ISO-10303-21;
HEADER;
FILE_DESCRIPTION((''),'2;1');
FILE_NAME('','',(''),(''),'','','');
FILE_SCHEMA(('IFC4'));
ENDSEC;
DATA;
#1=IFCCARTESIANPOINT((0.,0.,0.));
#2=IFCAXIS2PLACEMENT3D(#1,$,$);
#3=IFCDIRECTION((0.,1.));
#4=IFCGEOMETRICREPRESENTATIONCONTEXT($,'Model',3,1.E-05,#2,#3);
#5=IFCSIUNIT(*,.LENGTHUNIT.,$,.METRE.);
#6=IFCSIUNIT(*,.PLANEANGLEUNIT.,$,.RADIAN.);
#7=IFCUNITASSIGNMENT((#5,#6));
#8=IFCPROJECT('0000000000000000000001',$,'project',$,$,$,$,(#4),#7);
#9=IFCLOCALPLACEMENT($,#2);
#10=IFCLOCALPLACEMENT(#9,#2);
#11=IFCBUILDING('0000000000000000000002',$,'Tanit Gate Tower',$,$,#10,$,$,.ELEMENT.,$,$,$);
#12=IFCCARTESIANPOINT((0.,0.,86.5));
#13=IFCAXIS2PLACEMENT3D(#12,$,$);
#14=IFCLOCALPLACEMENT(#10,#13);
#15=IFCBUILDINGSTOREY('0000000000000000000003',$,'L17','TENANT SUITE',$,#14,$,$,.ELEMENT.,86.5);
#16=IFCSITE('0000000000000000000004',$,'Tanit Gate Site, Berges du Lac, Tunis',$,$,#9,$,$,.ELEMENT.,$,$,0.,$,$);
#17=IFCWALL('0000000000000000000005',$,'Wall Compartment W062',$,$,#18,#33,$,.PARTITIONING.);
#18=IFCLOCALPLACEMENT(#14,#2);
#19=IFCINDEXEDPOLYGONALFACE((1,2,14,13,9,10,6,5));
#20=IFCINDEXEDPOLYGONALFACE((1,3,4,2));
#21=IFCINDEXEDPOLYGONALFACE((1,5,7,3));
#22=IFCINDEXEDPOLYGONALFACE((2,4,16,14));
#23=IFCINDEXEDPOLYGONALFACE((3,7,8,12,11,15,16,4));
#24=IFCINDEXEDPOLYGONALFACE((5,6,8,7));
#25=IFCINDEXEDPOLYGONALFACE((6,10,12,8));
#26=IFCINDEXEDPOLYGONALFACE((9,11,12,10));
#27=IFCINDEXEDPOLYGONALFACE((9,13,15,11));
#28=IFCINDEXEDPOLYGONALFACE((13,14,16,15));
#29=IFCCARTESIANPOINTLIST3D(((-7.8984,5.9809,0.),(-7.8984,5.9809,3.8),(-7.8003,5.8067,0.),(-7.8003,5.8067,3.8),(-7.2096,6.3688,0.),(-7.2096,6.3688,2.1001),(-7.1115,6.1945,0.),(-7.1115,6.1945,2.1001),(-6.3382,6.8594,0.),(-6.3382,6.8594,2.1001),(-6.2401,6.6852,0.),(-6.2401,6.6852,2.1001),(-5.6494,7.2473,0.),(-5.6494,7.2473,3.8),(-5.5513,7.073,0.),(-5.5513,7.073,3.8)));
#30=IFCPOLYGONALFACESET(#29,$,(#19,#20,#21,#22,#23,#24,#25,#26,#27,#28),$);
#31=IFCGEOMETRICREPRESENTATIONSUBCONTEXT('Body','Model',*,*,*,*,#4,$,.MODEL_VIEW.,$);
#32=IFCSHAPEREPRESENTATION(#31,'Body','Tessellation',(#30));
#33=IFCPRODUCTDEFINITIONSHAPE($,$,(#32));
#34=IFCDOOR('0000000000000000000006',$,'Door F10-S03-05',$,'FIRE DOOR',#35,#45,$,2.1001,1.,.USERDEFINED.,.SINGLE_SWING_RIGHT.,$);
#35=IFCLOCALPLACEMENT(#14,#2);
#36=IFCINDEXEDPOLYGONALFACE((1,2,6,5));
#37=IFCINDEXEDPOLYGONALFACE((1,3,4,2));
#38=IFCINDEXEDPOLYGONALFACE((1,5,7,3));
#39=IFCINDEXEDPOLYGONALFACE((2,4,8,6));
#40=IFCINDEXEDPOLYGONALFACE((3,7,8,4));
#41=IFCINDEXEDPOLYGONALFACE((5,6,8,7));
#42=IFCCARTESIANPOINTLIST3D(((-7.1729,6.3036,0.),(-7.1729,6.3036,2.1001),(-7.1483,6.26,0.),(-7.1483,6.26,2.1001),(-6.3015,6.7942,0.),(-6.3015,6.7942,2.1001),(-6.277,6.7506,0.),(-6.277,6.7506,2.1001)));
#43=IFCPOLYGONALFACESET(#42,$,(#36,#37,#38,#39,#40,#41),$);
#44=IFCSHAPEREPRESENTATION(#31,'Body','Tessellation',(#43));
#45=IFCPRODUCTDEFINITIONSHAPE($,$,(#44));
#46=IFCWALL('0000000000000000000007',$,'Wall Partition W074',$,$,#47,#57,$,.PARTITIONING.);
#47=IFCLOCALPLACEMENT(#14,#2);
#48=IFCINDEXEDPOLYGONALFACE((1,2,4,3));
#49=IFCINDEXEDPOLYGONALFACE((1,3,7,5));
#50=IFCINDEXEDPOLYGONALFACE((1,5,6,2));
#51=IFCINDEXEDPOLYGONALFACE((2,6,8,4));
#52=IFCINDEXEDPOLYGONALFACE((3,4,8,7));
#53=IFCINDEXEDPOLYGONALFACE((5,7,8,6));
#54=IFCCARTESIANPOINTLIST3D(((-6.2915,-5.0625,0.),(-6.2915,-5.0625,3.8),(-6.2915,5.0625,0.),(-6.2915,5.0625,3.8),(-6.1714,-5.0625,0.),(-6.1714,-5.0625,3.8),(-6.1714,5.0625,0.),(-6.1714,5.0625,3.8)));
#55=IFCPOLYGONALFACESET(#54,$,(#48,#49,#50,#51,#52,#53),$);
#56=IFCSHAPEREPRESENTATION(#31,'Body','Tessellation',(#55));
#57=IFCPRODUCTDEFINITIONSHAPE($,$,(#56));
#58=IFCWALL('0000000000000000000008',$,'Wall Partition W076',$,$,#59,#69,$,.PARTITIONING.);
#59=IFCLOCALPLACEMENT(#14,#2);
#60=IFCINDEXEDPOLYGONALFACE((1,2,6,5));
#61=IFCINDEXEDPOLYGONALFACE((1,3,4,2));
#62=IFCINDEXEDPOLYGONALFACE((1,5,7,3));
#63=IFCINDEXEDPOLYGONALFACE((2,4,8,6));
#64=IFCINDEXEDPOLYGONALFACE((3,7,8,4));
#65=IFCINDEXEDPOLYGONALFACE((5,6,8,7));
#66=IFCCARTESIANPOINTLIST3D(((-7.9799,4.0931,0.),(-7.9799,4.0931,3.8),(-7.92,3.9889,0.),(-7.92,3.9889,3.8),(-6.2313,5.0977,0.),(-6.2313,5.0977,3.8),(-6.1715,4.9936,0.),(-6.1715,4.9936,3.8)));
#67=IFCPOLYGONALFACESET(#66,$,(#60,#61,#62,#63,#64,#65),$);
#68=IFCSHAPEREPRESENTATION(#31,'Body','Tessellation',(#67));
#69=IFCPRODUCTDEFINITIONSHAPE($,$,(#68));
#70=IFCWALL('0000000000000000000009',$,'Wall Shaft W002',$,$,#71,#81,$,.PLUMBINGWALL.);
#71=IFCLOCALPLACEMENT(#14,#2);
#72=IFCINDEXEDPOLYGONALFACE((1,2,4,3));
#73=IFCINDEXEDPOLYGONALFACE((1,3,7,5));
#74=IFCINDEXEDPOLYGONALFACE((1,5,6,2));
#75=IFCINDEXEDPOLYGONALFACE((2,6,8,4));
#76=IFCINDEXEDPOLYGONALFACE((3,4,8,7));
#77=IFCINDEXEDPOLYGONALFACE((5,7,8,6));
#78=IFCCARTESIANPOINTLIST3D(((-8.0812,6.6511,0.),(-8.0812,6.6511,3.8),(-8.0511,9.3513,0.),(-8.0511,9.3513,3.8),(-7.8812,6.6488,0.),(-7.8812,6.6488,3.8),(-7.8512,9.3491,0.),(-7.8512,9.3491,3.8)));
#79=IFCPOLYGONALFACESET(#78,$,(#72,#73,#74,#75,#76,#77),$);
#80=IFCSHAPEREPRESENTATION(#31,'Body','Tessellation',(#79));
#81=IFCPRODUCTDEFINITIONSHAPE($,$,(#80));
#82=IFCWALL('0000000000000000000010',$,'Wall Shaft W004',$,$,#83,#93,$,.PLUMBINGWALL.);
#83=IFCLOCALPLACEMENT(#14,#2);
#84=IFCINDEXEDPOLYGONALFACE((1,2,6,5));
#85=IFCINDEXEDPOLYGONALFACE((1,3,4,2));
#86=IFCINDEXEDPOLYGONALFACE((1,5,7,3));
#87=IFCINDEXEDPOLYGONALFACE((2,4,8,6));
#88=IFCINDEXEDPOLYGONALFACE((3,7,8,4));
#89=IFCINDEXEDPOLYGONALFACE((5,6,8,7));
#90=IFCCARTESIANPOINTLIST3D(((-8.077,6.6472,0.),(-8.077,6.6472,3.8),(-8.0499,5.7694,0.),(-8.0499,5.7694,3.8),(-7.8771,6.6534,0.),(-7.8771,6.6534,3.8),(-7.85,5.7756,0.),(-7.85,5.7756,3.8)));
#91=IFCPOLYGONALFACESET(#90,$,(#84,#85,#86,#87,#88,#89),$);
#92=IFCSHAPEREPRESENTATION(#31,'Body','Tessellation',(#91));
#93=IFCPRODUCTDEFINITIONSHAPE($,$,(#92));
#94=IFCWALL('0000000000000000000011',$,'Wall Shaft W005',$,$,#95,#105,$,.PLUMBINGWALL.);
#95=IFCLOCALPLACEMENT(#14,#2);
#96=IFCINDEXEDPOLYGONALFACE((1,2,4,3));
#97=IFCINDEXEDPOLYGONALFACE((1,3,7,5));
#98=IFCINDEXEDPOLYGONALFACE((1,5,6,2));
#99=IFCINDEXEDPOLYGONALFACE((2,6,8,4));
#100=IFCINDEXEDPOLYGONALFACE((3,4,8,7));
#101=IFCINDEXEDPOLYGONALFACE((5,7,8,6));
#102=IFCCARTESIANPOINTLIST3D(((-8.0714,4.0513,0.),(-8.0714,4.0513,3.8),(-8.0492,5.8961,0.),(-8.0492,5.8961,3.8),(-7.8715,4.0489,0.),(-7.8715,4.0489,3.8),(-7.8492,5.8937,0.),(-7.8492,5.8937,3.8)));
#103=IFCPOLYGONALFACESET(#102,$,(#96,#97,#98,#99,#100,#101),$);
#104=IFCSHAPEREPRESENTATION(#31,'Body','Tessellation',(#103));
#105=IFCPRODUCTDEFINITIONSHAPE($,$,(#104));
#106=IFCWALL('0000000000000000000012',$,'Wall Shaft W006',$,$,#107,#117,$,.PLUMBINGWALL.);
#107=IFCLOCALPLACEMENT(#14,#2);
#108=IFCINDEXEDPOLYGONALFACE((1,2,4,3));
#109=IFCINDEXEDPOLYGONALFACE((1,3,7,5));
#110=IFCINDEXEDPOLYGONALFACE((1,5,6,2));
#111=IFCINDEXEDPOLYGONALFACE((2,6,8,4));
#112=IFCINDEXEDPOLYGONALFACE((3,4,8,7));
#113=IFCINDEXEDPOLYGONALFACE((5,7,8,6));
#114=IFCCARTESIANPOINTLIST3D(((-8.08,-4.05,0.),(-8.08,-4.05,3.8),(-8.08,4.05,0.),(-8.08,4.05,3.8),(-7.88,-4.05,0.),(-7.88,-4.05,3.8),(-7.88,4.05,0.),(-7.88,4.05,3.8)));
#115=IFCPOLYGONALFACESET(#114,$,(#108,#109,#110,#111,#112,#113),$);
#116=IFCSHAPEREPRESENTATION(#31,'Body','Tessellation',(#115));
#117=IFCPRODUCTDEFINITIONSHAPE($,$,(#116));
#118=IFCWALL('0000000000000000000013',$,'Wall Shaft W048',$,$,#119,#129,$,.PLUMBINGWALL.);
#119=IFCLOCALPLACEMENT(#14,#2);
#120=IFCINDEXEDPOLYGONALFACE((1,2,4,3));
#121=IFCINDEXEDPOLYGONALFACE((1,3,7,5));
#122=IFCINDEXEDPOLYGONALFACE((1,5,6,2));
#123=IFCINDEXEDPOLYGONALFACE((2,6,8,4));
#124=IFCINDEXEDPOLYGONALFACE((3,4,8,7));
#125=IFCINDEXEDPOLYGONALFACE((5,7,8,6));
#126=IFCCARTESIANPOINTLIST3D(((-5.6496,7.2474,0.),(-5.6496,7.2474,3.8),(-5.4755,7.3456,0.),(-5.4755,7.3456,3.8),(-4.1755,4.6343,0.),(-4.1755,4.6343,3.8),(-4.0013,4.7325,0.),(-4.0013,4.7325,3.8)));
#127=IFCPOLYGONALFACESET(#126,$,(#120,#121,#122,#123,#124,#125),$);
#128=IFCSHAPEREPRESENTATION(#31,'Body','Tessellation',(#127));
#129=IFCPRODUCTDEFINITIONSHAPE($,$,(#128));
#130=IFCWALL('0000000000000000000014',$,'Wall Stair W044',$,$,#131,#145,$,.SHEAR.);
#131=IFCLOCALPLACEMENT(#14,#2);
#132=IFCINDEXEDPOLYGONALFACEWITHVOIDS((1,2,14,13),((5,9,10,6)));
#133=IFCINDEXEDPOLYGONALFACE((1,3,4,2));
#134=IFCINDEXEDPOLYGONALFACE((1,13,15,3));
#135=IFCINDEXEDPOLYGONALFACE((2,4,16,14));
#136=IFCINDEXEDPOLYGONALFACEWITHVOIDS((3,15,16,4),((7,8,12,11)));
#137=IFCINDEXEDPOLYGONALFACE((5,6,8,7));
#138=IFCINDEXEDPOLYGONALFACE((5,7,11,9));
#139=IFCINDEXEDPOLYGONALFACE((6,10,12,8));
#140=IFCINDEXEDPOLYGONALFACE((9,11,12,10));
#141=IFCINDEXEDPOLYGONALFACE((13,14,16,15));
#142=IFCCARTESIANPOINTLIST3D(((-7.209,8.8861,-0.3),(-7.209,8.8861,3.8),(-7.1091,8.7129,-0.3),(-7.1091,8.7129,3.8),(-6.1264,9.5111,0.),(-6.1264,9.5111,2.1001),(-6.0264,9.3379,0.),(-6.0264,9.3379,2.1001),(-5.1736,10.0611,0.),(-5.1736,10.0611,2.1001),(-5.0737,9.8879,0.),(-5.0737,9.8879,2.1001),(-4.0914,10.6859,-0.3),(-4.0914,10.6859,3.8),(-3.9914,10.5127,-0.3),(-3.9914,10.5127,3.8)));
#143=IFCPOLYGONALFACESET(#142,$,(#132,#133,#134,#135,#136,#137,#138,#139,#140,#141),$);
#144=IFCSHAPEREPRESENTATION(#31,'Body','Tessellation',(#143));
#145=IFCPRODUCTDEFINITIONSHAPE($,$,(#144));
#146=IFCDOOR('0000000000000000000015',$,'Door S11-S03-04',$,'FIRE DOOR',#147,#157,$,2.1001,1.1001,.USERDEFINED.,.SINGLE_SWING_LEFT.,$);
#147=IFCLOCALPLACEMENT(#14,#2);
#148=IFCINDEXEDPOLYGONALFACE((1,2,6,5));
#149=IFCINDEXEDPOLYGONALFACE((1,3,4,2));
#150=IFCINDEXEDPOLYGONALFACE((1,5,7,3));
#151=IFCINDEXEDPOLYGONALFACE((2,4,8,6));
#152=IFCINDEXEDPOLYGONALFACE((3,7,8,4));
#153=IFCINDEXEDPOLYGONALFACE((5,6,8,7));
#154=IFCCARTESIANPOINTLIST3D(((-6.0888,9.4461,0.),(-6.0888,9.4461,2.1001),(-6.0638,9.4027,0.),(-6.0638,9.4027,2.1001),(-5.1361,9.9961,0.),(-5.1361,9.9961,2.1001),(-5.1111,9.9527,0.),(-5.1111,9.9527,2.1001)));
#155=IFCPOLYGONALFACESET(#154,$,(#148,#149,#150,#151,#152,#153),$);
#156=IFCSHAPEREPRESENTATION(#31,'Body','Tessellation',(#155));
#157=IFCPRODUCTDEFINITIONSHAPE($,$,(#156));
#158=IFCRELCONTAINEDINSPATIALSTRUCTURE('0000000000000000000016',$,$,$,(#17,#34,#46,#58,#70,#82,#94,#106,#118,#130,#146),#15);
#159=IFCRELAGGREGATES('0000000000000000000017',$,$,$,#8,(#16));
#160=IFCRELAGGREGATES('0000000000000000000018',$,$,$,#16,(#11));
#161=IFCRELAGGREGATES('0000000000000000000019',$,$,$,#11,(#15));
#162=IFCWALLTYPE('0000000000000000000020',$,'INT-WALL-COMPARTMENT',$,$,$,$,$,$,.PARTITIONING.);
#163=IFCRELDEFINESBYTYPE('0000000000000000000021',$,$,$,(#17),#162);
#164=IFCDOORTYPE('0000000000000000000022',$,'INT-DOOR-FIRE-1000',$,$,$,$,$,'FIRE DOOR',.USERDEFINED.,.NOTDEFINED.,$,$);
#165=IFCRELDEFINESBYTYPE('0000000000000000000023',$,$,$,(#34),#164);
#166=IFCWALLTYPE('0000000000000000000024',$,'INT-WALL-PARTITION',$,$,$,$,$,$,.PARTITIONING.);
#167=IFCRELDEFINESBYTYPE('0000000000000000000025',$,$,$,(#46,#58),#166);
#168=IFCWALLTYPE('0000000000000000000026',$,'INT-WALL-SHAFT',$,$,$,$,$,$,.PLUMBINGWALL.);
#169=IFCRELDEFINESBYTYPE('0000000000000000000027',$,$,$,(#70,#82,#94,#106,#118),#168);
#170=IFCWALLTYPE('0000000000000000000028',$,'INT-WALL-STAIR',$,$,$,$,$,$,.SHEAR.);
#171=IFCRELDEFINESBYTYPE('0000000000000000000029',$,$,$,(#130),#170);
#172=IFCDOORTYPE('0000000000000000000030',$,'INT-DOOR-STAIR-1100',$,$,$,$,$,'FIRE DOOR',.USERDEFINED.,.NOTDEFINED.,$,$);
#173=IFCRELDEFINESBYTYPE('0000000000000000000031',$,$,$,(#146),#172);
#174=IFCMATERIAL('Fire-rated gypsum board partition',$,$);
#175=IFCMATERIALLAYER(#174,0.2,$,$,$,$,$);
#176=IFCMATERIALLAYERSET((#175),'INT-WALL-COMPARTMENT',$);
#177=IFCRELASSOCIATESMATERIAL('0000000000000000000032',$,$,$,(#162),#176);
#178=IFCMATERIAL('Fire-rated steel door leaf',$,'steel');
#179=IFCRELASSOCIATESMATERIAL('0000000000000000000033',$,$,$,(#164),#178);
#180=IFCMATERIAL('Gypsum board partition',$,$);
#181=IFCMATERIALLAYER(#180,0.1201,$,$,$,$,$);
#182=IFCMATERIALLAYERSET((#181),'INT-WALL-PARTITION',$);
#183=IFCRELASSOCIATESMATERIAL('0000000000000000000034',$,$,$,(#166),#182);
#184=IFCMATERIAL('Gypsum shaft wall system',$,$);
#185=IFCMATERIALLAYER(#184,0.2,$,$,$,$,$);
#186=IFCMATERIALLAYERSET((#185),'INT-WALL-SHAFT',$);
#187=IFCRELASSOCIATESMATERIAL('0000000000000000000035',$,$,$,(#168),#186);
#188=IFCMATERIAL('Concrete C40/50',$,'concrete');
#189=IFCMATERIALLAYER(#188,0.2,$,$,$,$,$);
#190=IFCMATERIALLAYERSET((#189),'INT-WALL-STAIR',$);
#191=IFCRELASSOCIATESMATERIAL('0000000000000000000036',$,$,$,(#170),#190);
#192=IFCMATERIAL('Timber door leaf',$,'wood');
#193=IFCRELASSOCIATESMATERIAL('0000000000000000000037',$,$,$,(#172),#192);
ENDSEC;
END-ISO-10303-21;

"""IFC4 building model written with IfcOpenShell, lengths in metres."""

from ifc_helpers import new_model, si_unit, direction, frame, frame_2d, origin, place, context, subcontext, project, spatial, rectangle, extrude, material, layer, layer_set, type_object, element, fill, save


model = new_model("IFC4")

# Units and contexts
model_context = context("Model", 3, precision=1e-05, world=origin(), true_north=direction((0.0, 1.0)))
body_context = subcontext(model_context, "Body", "Model", "MODEL_VIEW")
ifc_project = project(units=[si_unit("LENGTHUNIT", "METRE"), si_unit("PLANEANGLEUNIT", "RADIAN")], contexts=[model_context])

# Site, building, storey
site_placement = place(None, origin())
site = spatial("IfcSite", under=ifc_project, at=site_placement, Name="Tanit Gate Site, Berges du Lac, Tunis", CompositionType="ELEMENT", RefElevation=0.0)
building_placement = place(site_placement, origin())
building = spatial("IfcBuilding", under=site, at=building_placement, Name="Tanit Gate Tower", CompositionType="ELEMENT")
storey_placement = place(building_placement, frame((0.0, 0.0, 86.5)))
storey = spatial("IfcBuildingStorey", under=building, at=storey_placement, Name="L17", Description="TENANT SUITE", CompositionType="ELEMENT", Elevation=86.5)

# Wall, opening, door
ifc_material_1 = material(Name="Fire-rated gypsum board partition")
ifc_layer_1 = layer(ifc_material_1, 0.2)
ifc_layer_set_1 = layer_set([ifc_layer_1], Name="INT-WALL-COMPARTMENT")
wall_type_1 = type_object("IfcWallType", Name="INT-WALL-COMPARTMENT", PredefinedType="PARTITIONING", material=ifc_layer_set_1)
wall_1_placement = place(storey_placement, frame((-5.6003, 7.1602, 0.0), z_axis=(0.0, 0.0, 1.0), x_axis=(-0.871363, -0.490638, 0.0)))
wall_1 = element("IfcWall", 1, at=wall_1_placement, inside=storey, type_object=wall_type_1, Name="Wall Compartment W062", PredefinedType="PARTITIONING", context=body_context, shape_type="SweptSolid", body=[
    extrude(rectangle(XDim=2.5811, YDim=0.2, at=frame_2d((1.2905, 0.0))), origin(), (0.0, 0.0, 1.0), 3.8),
])
opening_1_placement = place(wall_1_placement, frame((0.7905, 0.0, 0.0)))
opening_1 = element("IfcOpeningElement", 2, at=opening_1_placement, cuts=wall_1, PredefinedType="OPENING", context=body_context, shape_type="SweptSolid", body=[
    extrude(rectangle(XDim=1.0, YDim=2.1001, at=frame_2d((0.5, 1.05))), frame((0.0, 0.1099, 0.0), z_axis=(0.0, -1.0, 0.0), x_axis=(1.0, 0.0, 0.0)), (0.0, 0.0, 1.0), 0.22),
])
ifc_material_2 = material(Name="Fire-rated steel door leaf", Category="steel")
door_type_1 = type_object("IfcDoorType", Name="INT-DOOR-FIRE-1000", ElementType="FIRE DOOR", OperationType="NOTDEFINED", PredefinedType="USERDEFINED", material=ifc_material_2)
door_1_placement = place(opening_1_placement, origin())
door_1 = element("IfcDoor", 3, at=door_1_placement, inside=storey, type_object=door_type_1, Name="Door F10-S03-05", ObjectType="FIRE DOOR", OperationType="SINGLE_SWING_RIGHT", OverallHeight=2.1001, OverallWidth=1.0, PredefinedType="USERDEFINED", context=body_context, shape_type="SweptSolid", body=[
    extrude(rectangle(XDim=1.0, YDim=2.1001, at=frame_2d((0.5, 1.05))), frame((0.0, 0.0249, 0.0), z_axis=(0.0, -1.0, 0.0), x_axis=(1.0, 0.0, 0.0)), (0.0, 0.0, 1.0), 0.05),
])
fill(opening_1, door_1)

# Walls
ifc_material_3 = material(Name="Gypsum board partition")
ifc_layer_2 = layer(ifc_material_3, 0.1201)
ifc_layer_set_2 = layer_set([ifc_layer_2], Name="INT-WALL-PARTITION")
wall_type_2 = type_object("IfcWallType", Name="INT-WALL-PARTITION", PredefinedType="PARTITIONING", material=ifc_layer_set_2)
wall_2_placement = place(storey_placement, frame((-6.2314, 5.0625, 0.0), z_axis=(0.0, 0.0, 1.0), x_axis=(0.0, -1.0, 0.0)))
element("IfcWall", 4, at=wall_2_placement, inside=storey, type_object=wall_type_2, Name="Wall Partition W074", PredefinedType="PARTITIONING", context=body_context, shape_type="SweptSolid", body=[
    extrude(rectangle(XDim=10.125, YDim=0.1201, at=frame_2d((5.0625, 0.0))), origin(), (0.0, 0.0, 1.0), 3.8),
])
wall_3_placement = place(storey_placement, frame((-6.2014, 5.0457, 0.0), z_axis=(0.0, 0.0, 1.0), x_axis=(-0.867071, -0.498184, 0.0)))
element("IfcWall", 5, at=wall_3_placement, inside=storey, type_object=wall_type_2, Name="Wall Partition W076", PredefinedType="PARTITIONING", context=body_context, shape_type="SweptSolid", body=[
    extrude(rectangle(XDim=2.0166, YDim=0.1201, at=frame_2d((1.0083, 0.0))), origin(), (0.0, 0.0, 1.0), 3.8),
])
ifc_material_4 = material(Name="Gypsum shaft wall system")
ifc_layer_3 = layer(ifc_material_4, 0.2)
ifc_layer_set_3 = layer_set([ifc_layer_3], Name="INT-WALL-SHAFT")
wall_type_3 = type_object("IfcWallType", Name="INT-WALL-SHAFT", PredefinedType="PLUMBINGWALL", material=ifc_layer_set_3)
wall_4_placement = place(storey_placement, frame((-7.9512, 9.3501, 0.0), z_axis=(0.0, 0.0, 1.0), x_axis=(-0.01112, -0.999938, 0.0)))
element("IfcWall", 6, at=wall_4_placement, inside=storey, type_object=wall_type_3, Name="Wall Shaft W002", PredefinedType="PLUMBINGWALL", context=body_context, shape_type="SweptSolid", body=[
    extrude(rectangle(XDim=2.7004, YDim=0.2, at=frame_2d((1.3501, 0.0))), origin(), (0.0, 0.0, 1.0), 3.8),
])
wall_5_placement = place(storey_placement, frame((-7.9771, 6.6501, 0.0), z_axis=(0.0, 0.0, 1.0), x_axis=(0.030862, -0.999524, 0.0)))
element("IfcWall", 7, at=wall_5_placement, inside=storey, type_object=wall_type_3, Name="Wall Shaft W004", PredefinedType="PLUMBINGWALL", context=body_context, shape_type="SweptSolid", body=[
    extrude(rectangle(XDim=0.8782, YDim=0.2, at=frame_2d((0.439, 0.0))), origin(), (0.0, 0.0, 1.0), 3.8),
])
wall_6_placement = place(storey_placement, frame((-7.9492, 5.8948, 0.0), z_axis=(0.0, 0.0, 1.0), x_axis=(-0.012043, -0.999927, 0.0)))
element("IfcWall", 8, at=wall_6_placement, inside=storey, type_object=wall_type_3, Name="Wall Shaft W005", PredefinedType="PLUMBINGWALL", context=body_context, shape_type="SweptSolid", body=[
    extrude(rectangle(XDim=1.845, YDim=0.2, at=frame_2d((0.9224, 0.0))), origin(), (0.0, 0.0, 1.0), 3.8),
])
wall_7_placement = place(storey_placement, frame((-7.98, 4.05, 0.0), z_axis=(0.0, 0.0, 1.0), x_axis=(0.0, -1.0, 0.0)))
element("IfcWall", 9, at=wall_7_placement, inside=storey, type_object=wall_type_3, Name="Wall Shaft W006", PredefinedType="PLUMBINGWALL", context=body_context, shape_type="SweptSolid", body=[
    extrude(rectangle(XDim=8.1001, YDim=0.2, at=frame_2d((4.05, 0.0))), origin(), (0.0, 0.0, 1.0), 3.8),
])

# Wall
wall_8_placement = place(storey_placement, frame((-5.5625, 7.2964, 0.0), z_axis=(0.0, 0.0, 1.0), x_axis=(0.491347, -0.870964, 0.0)))
element("IfcWall", 10, at=wall_8_placement, inside=storey, type_object=wall_type_3, Name="Wall Shaft W048", PredefinedType="PLUMBINGWALL", context=body_context, shape_type="SweptSolid", body=[
    extrude(rectangle(XDim=3.0002, YDim=0.2, at=frame_2d((1.5, 0.0))), origin(), (0.0, 0.0, 1.0), 3.8),
])

# Wall, opening, door
ifc_material_5 = material(Name="Concrete C40/50", Category="concrete")
ifc_layer_4 = layer(ifc_material_5, 0.2)
ifc_layer_set_4 = layer_set([ifc_layer_4], Name="INT-WALL-STAIR")
wall_type_4 = type_object("IfcWallType", Name="INT-WALL-STAIR", PredefinedType="SHEAR", material=ifc_layer_set_4)
wall_9_placement = place(storey_placement, frame((-7.1589, 8.7996, -0.3), z_axis=(0.0, 0.0, 1.0), x_axis=(0.866048, 0.499961, 0.0)))
wall_9 = element("IfcWall", 11, at=wall_9_placement, inside=storey, type_object=wall_type_4, Name="Wall Stair W044", PredefinedType="SHEAR", context=body_context, shape_type="SweptSolid", body=[
    extrude(rectangle(XDim=3.5999, YDim=0.2, at=frame_2d((1.7998, 0.0))), origin(), (0.0, 0.0, 1.0), 4.1001),
])
opening_2_placement = place(wall_9_placement, frame((1.25, 0.0, 0.3)))
opening_2 = element("IfcOpeningElement", 12, at=opening_2_placement, cuts=wall_9, PredefinedType="OPENING", context=body_context, shape_type="SweptSolid", body=[
    extrude(rectangle(XDim=1.1001, YDim=2.1001, at=frame_2d((0.55, 1.05))), frame((0.0, 0.1099, 0.0), z_axis=(0.0, -1.0, 0.0), x_axis=(1.0, 0.0, 0.0)), (0.0, 0.0, 1.0), 0.22),
])
ifc_material_6 = material(Name="Timber door leaf", Category="wood")
door_type_2 = type_object("IfcDoorType", Name="INT-DOOR-STAIR-1100", ElementType="FIRE DOOR", OperationType="NOTDEFINED", PredefinedType="USERDEFINED", material=ifc_material_6)
door_2_placement = place(opening_2_placement, origin())
door_2 = element("IfcDoor", 13, at=door_2_placement, inside=storey, type_object=door_type_2, Name="Door S11-S03-04", ObjectType="FIRE DOOR", OperationType="SINGLE_SWING_LEFT", OverallHeight=2.1001, OverallWidth=1.1001, PredefinedType="USERDEFINED", context=body_context, shape_type="SweptSolid", body=[
    extrude(rectangle(XDim=1.1001, YDim=2.1001, at=frame_2d((0.55, 1.05))), frame((0.0, 0.0249, 0.0), z_axis=(0.0, -1.0, 0.0), x_axis=(1.0, 0.0, 0.0)), (0.0, 0.0, 1.0), 0.05),
])
fill(opening_2, door_2)

save(model, "model.ifc")
